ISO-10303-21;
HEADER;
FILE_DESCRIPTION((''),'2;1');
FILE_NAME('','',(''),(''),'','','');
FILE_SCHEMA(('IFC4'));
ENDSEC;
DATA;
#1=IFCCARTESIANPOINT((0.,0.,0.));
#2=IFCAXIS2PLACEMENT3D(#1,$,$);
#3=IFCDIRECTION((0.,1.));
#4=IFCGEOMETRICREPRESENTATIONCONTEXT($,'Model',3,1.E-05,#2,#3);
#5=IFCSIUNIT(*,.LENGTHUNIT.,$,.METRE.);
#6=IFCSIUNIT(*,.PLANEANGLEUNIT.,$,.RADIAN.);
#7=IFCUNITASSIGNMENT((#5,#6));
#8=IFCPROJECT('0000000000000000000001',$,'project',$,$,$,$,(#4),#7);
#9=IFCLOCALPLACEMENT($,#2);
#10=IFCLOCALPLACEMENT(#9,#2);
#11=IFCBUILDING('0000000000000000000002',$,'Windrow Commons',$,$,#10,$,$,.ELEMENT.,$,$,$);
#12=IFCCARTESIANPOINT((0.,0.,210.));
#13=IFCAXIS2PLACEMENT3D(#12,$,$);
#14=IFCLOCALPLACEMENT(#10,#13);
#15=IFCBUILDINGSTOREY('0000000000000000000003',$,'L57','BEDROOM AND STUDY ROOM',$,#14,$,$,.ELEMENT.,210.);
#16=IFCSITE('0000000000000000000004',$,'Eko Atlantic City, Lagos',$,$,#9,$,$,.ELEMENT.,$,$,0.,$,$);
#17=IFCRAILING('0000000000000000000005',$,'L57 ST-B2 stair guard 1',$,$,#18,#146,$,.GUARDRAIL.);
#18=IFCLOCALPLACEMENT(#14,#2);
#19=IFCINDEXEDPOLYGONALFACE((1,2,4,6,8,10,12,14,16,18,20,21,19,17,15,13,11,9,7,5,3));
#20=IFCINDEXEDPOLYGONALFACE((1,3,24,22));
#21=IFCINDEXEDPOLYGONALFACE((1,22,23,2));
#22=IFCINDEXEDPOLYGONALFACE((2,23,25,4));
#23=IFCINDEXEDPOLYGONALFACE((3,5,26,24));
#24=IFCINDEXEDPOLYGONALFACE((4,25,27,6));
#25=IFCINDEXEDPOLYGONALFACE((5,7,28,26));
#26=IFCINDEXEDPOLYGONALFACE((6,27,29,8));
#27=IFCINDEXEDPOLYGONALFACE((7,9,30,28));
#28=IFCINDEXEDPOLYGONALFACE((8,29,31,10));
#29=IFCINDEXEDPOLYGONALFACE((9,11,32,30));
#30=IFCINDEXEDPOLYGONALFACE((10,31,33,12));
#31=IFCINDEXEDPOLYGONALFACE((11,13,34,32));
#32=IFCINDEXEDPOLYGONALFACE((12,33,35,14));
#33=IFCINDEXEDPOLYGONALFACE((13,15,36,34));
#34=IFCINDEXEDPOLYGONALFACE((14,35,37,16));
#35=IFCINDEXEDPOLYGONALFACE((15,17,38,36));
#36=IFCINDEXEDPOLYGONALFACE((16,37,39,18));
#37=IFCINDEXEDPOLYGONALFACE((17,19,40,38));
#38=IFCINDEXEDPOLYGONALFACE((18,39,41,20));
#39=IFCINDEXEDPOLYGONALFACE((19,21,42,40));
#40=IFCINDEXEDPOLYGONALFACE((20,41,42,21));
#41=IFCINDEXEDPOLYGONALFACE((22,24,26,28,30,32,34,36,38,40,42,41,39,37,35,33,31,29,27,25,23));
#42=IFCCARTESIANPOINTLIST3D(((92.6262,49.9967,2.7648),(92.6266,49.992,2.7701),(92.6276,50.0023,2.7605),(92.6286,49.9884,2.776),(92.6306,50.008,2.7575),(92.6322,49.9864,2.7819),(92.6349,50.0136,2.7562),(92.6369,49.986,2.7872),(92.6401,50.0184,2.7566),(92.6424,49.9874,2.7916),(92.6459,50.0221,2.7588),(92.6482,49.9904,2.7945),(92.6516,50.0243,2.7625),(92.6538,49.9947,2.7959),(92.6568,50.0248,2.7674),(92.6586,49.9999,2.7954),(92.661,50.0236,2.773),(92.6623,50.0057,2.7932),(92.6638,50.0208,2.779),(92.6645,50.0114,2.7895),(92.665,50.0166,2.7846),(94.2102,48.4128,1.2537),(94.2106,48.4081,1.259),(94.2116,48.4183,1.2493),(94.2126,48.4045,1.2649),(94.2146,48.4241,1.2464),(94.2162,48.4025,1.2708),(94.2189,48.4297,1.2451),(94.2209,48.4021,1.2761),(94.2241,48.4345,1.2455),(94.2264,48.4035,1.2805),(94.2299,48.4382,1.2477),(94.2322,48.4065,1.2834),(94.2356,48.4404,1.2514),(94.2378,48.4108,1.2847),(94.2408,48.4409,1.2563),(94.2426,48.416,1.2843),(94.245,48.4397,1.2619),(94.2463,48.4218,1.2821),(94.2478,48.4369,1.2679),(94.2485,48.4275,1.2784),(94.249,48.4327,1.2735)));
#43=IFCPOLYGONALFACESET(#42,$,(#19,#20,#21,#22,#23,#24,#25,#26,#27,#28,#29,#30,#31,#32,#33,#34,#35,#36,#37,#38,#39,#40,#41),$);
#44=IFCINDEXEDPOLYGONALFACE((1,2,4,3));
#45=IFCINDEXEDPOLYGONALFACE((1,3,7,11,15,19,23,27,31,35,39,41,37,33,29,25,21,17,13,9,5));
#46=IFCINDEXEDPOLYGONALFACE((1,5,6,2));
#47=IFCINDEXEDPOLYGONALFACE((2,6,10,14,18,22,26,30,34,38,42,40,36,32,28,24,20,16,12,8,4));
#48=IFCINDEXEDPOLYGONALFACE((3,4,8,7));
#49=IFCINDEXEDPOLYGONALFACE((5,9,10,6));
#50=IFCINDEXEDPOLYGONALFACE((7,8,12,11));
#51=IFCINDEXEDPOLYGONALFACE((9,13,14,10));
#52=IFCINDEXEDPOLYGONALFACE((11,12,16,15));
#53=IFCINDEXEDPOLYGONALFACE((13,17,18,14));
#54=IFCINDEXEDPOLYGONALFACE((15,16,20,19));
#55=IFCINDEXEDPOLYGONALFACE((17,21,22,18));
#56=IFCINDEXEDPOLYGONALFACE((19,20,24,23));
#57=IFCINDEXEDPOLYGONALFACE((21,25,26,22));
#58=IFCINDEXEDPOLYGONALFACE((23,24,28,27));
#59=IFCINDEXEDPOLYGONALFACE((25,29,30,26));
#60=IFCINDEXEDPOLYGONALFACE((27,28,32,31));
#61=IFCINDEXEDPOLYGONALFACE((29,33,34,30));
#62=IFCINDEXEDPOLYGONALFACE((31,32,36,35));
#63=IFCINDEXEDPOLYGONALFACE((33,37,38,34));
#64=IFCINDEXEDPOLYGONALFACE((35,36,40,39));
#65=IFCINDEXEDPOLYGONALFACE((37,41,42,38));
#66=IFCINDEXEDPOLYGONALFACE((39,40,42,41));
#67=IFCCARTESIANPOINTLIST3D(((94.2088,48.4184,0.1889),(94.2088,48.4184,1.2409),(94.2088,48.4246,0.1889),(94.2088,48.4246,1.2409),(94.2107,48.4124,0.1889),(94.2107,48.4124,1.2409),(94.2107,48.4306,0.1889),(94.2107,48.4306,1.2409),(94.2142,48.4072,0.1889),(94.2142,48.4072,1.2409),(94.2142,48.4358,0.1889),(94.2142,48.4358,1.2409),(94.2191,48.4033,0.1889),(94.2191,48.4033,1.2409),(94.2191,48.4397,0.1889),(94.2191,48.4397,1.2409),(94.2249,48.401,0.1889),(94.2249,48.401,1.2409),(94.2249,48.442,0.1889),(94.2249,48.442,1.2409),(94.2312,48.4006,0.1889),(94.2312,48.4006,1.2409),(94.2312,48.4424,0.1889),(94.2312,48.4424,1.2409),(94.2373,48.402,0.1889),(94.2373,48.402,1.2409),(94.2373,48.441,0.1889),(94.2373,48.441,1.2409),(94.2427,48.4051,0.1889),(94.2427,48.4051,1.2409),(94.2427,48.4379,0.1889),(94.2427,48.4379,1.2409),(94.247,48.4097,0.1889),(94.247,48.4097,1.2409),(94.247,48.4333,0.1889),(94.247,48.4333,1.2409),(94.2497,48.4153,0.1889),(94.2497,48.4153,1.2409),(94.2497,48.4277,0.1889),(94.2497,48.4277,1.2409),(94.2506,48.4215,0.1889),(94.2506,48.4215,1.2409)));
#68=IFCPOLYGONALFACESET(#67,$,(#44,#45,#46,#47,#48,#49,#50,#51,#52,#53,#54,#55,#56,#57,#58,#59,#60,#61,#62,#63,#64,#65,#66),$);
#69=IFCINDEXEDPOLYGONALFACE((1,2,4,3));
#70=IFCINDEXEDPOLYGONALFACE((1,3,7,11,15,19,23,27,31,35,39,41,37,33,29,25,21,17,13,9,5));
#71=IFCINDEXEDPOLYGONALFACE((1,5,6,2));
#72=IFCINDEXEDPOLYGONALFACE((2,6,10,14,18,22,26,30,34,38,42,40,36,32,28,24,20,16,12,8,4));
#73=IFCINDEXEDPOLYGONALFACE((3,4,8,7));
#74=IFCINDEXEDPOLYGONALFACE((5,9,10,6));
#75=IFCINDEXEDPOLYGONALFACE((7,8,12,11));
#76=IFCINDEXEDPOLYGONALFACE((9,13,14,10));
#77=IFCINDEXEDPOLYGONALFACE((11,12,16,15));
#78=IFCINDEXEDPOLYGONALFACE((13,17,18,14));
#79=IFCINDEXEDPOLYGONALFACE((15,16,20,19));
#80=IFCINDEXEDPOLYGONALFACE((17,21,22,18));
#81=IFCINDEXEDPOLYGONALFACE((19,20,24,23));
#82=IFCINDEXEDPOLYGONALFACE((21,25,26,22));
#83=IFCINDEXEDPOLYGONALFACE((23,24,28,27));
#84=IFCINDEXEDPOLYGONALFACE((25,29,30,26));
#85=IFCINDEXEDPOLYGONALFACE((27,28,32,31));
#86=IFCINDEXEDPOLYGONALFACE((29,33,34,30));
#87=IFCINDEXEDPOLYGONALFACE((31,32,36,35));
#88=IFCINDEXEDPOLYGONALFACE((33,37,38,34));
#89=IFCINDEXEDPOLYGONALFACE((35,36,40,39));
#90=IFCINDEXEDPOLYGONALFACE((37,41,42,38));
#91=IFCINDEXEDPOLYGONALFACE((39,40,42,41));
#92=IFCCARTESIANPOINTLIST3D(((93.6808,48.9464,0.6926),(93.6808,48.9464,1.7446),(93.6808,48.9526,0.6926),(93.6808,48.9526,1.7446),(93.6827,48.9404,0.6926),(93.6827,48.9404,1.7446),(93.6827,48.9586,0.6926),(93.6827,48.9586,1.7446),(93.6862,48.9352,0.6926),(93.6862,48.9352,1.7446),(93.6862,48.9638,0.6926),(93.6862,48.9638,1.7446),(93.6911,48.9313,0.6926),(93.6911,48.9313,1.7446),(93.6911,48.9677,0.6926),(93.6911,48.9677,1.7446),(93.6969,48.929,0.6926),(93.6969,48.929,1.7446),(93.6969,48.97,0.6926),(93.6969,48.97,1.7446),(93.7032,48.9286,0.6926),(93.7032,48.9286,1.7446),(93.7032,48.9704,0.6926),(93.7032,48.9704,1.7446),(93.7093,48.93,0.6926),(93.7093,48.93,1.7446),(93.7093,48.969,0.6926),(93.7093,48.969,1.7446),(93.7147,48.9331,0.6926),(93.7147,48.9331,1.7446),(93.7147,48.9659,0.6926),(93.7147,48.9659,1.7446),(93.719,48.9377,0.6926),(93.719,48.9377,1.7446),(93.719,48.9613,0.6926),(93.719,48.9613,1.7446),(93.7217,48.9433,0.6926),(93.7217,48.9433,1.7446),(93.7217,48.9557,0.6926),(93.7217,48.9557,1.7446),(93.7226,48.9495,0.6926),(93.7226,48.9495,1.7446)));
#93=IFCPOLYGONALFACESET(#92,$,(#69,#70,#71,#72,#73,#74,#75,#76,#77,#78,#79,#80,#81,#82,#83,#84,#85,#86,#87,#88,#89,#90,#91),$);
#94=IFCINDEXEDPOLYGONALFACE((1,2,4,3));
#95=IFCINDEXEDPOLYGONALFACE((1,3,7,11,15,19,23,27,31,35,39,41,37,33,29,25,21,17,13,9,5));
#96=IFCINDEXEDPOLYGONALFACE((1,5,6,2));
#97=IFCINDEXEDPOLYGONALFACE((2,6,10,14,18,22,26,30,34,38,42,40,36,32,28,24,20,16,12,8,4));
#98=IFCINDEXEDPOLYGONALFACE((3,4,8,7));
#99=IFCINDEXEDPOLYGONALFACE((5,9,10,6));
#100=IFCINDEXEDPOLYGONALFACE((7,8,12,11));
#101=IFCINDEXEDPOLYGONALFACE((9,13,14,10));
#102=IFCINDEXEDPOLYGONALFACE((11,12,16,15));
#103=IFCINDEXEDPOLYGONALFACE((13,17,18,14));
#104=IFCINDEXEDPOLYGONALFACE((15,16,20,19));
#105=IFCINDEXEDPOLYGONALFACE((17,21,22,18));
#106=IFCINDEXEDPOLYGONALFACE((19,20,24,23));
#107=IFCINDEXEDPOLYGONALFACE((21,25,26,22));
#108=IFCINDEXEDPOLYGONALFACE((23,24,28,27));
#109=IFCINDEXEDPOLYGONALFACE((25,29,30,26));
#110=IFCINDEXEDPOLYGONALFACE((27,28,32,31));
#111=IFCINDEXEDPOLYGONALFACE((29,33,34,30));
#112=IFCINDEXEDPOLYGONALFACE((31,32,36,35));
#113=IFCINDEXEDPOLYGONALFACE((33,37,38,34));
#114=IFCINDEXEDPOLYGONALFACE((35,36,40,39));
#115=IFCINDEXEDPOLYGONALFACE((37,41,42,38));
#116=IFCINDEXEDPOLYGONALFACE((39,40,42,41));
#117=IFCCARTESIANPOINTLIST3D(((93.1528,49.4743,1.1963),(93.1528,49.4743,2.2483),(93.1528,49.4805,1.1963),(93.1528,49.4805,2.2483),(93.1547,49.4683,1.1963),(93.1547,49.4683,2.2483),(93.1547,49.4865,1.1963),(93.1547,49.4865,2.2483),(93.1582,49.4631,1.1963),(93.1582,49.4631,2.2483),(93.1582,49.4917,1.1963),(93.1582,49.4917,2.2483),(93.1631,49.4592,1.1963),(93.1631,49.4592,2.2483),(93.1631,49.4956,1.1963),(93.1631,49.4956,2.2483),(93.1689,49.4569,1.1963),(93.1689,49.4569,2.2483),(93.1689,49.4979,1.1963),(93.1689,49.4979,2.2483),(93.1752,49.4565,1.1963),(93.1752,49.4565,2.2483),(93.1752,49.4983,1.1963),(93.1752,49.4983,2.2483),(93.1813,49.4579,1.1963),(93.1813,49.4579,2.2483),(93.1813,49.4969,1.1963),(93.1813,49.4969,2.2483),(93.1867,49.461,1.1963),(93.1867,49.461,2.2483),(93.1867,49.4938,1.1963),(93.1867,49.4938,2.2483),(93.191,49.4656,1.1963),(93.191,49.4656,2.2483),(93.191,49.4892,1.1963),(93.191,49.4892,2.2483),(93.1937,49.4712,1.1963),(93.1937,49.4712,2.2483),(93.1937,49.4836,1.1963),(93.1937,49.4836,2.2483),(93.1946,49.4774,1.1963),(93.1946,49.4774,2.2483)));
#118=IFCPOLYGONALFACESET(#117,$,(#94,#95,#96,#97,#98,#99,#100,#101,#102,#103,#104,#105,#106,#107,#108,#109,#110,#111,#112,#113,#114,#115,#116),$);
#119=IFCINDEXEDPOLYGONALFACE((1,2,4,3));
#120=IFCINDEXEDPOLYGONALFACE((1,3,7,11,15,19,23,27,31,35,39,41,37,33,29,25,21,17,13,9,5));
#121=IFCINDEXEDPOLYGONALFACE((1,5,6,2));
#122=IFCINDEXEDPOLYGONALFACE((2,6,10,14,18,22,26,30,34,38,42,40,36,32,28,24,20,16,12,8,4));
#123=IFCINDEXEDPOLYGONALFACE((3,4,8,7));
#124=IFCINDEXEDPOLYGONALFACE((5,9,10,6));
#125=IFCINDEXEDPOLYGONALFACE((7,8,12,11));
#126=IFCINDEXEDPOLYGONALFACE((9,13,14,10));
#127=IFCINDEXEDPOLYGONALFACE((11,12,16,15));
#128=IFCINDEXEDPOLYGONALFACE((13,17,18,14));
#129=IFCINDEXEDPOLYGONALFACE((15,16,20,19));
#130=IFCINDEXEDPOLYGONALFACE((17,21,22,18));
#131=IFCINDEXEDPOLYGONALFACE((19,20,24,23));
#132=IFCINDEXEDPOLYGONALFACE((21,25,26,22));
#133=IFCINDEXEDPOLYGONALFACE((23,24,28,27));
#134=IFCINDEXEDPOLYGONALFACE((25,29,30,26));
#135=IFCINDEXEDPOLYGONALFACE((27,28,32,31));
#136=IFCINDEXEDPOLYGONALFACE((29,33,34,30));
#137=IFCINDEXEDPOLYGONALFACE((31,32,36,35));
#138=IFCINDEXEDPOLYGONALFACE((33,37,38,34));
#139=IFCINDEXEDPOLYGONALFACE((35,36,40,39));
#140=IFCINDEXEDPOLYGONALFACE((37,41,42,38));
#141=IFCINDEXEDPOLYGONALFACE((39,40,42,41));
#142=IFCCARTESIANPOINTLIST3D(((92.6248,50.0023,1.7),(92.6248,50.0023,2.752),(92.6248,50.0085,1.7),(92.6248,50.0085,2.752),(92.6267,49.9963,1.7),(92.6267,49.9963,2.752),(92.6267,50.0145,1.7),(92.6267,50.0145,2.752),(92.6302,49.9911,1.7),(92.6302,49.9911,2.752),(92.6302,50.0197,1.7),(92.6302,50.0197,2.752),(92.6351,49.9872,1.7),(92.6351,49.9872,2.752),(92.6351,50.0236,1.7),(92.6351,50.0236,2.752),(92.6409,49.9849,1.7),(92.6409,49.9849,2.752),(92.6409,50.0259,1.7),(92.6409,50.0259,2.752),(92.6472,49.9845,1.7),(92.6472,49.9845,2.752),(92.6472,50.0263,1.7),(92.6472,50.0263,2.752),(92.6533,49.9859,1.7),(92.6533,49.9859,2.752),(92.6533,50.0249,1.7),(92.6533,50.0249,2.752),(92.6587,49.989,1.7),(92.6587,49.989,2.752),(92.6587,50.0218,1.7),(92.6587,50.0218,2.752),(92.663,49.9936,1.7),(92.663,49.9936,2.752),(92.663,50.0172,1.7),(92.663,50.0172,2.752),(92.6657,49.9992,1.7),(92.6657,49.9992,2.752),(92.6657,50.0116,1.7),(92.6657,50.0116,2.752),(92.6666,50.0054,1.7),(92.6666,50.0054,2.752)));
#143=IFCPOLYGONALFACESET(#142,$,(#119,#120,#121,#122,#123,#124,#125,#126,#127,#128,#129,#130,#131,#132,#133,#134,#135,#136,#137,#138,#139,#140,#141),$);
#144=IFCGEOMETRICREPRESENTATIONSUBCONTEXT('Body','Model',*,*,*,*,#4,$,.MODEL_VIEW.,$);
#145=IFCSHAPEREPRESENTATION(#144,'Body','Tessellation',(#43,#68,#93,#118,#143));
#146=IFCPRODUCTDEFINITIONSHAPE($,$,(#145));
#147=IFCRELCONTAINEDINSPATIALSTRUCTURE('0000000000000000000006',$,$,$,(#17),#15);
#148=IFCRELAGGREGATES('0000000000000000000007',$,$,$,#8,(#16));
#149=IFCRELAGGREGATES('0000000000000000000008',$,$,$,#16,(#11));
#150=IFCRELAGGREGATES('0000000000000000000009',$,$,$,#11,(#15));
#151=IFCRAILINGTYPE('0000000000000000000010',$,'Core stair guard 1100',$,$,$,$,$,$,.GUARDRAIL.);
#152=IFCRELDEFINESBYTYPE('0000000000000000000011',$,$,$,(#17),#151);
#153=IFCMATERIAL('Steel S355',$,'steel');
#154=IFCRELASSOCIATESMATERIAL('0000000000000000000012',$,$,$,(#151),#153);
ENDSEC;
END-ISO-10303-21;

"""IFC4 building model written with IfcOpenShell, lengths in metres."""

from ifc_helpers import new_model, si_unit, direction, frame, origin, origin_2d, place, context, subcontext, project, spatial, circle, extrude, material, type_object, element, save


model = new_model("IFC4")

# Units and contexts
model_context = context("Model", 3, precision=1e-05, world=origin(), true_north=direction((0.0, 1.0)))
body_context = subcontext(model_context, "Body", "Model", "MODEL_VIEW")
ifc_project = project(units=[si_unit("LENGTHUNIT", "METRE"), si_unit("PLANEANGLEUNIT", "RADIAN")], contexts=[model_context])

# Site, building, storey
site_placement = place(None, origin())
site = spatial("IfcSite", under=ifc_project, at=site_placement, Name="Eko Atlantic City, Lagos", CompositionType="ELEMENT", RefElevation=0.0)
building_placement = place(site_placement, origin())
building = spatial("IfcBuilding", under=site, at=building_placement, Name="Windrow Commons", CompositionType="ELEMENT")
storey_placement = place(building_placement, frame((0.0, 0.0, 210.0)))
storey = spatial("IfcBuildingStorey", under=building, at=storey_placement, Name="L57", Description="BEDROOM AND STUDY ROOM", CompositionType="ELEMENT", Elevation=210.0)

# Railing
ifc_material_1 = material(Name="Steel S355", Category="steel")
railing_type_1 = type_object("IfcRailingType", Name="Core stair guard 1100", PredefinedType="GUARDRAIL", material=ifc_material_1)
railing_1_placement = place(storey_placement, frame((94.2296, 48.4215, 0.1889)))
element("IfcRailing", 1, at=railing_1_placement, inside=storey, type_object=railing_type_1, Name="L57 ST-B2 stair guard 1", PredefinedType="GUARDRAIL", context=body_context, shape_type="SweptSolid", body=[
    extrude(circle(Radius=0.024, at=origin_2d()), frame((0.0, 0.0, 1.076), z_axis=(-0.586216, 0.586179, 0.559237), x_axis=(-0.707084, -0.707129, 0.0)), (0.0, 0.0, 1.0), 2.7021),
    extrude(circle(Radius=0.021, at=origin_2d()), origin(), (0.0, 0.0, 1.0), 1.052),
    extrude(circle(Radius=0.021, at=origin_2d()), frame((-0.528, 0.528, 0.5037)), (0.0, 0.0, 1.0), 1.052),
    extrude(circle(Radius=0.021, at=origin_2d()), frame((-1.056, 1.0559, 1.0074)), (0.0, 0.0, 1.0), 1.052),
    extrude(circle(Radius=0.021, at=origin_2d()), frame((-1.584, 1.5839, 1.5111)), (0.0, 0.0, 1.0), 1.052),
])

save(model, "model.ifc")
